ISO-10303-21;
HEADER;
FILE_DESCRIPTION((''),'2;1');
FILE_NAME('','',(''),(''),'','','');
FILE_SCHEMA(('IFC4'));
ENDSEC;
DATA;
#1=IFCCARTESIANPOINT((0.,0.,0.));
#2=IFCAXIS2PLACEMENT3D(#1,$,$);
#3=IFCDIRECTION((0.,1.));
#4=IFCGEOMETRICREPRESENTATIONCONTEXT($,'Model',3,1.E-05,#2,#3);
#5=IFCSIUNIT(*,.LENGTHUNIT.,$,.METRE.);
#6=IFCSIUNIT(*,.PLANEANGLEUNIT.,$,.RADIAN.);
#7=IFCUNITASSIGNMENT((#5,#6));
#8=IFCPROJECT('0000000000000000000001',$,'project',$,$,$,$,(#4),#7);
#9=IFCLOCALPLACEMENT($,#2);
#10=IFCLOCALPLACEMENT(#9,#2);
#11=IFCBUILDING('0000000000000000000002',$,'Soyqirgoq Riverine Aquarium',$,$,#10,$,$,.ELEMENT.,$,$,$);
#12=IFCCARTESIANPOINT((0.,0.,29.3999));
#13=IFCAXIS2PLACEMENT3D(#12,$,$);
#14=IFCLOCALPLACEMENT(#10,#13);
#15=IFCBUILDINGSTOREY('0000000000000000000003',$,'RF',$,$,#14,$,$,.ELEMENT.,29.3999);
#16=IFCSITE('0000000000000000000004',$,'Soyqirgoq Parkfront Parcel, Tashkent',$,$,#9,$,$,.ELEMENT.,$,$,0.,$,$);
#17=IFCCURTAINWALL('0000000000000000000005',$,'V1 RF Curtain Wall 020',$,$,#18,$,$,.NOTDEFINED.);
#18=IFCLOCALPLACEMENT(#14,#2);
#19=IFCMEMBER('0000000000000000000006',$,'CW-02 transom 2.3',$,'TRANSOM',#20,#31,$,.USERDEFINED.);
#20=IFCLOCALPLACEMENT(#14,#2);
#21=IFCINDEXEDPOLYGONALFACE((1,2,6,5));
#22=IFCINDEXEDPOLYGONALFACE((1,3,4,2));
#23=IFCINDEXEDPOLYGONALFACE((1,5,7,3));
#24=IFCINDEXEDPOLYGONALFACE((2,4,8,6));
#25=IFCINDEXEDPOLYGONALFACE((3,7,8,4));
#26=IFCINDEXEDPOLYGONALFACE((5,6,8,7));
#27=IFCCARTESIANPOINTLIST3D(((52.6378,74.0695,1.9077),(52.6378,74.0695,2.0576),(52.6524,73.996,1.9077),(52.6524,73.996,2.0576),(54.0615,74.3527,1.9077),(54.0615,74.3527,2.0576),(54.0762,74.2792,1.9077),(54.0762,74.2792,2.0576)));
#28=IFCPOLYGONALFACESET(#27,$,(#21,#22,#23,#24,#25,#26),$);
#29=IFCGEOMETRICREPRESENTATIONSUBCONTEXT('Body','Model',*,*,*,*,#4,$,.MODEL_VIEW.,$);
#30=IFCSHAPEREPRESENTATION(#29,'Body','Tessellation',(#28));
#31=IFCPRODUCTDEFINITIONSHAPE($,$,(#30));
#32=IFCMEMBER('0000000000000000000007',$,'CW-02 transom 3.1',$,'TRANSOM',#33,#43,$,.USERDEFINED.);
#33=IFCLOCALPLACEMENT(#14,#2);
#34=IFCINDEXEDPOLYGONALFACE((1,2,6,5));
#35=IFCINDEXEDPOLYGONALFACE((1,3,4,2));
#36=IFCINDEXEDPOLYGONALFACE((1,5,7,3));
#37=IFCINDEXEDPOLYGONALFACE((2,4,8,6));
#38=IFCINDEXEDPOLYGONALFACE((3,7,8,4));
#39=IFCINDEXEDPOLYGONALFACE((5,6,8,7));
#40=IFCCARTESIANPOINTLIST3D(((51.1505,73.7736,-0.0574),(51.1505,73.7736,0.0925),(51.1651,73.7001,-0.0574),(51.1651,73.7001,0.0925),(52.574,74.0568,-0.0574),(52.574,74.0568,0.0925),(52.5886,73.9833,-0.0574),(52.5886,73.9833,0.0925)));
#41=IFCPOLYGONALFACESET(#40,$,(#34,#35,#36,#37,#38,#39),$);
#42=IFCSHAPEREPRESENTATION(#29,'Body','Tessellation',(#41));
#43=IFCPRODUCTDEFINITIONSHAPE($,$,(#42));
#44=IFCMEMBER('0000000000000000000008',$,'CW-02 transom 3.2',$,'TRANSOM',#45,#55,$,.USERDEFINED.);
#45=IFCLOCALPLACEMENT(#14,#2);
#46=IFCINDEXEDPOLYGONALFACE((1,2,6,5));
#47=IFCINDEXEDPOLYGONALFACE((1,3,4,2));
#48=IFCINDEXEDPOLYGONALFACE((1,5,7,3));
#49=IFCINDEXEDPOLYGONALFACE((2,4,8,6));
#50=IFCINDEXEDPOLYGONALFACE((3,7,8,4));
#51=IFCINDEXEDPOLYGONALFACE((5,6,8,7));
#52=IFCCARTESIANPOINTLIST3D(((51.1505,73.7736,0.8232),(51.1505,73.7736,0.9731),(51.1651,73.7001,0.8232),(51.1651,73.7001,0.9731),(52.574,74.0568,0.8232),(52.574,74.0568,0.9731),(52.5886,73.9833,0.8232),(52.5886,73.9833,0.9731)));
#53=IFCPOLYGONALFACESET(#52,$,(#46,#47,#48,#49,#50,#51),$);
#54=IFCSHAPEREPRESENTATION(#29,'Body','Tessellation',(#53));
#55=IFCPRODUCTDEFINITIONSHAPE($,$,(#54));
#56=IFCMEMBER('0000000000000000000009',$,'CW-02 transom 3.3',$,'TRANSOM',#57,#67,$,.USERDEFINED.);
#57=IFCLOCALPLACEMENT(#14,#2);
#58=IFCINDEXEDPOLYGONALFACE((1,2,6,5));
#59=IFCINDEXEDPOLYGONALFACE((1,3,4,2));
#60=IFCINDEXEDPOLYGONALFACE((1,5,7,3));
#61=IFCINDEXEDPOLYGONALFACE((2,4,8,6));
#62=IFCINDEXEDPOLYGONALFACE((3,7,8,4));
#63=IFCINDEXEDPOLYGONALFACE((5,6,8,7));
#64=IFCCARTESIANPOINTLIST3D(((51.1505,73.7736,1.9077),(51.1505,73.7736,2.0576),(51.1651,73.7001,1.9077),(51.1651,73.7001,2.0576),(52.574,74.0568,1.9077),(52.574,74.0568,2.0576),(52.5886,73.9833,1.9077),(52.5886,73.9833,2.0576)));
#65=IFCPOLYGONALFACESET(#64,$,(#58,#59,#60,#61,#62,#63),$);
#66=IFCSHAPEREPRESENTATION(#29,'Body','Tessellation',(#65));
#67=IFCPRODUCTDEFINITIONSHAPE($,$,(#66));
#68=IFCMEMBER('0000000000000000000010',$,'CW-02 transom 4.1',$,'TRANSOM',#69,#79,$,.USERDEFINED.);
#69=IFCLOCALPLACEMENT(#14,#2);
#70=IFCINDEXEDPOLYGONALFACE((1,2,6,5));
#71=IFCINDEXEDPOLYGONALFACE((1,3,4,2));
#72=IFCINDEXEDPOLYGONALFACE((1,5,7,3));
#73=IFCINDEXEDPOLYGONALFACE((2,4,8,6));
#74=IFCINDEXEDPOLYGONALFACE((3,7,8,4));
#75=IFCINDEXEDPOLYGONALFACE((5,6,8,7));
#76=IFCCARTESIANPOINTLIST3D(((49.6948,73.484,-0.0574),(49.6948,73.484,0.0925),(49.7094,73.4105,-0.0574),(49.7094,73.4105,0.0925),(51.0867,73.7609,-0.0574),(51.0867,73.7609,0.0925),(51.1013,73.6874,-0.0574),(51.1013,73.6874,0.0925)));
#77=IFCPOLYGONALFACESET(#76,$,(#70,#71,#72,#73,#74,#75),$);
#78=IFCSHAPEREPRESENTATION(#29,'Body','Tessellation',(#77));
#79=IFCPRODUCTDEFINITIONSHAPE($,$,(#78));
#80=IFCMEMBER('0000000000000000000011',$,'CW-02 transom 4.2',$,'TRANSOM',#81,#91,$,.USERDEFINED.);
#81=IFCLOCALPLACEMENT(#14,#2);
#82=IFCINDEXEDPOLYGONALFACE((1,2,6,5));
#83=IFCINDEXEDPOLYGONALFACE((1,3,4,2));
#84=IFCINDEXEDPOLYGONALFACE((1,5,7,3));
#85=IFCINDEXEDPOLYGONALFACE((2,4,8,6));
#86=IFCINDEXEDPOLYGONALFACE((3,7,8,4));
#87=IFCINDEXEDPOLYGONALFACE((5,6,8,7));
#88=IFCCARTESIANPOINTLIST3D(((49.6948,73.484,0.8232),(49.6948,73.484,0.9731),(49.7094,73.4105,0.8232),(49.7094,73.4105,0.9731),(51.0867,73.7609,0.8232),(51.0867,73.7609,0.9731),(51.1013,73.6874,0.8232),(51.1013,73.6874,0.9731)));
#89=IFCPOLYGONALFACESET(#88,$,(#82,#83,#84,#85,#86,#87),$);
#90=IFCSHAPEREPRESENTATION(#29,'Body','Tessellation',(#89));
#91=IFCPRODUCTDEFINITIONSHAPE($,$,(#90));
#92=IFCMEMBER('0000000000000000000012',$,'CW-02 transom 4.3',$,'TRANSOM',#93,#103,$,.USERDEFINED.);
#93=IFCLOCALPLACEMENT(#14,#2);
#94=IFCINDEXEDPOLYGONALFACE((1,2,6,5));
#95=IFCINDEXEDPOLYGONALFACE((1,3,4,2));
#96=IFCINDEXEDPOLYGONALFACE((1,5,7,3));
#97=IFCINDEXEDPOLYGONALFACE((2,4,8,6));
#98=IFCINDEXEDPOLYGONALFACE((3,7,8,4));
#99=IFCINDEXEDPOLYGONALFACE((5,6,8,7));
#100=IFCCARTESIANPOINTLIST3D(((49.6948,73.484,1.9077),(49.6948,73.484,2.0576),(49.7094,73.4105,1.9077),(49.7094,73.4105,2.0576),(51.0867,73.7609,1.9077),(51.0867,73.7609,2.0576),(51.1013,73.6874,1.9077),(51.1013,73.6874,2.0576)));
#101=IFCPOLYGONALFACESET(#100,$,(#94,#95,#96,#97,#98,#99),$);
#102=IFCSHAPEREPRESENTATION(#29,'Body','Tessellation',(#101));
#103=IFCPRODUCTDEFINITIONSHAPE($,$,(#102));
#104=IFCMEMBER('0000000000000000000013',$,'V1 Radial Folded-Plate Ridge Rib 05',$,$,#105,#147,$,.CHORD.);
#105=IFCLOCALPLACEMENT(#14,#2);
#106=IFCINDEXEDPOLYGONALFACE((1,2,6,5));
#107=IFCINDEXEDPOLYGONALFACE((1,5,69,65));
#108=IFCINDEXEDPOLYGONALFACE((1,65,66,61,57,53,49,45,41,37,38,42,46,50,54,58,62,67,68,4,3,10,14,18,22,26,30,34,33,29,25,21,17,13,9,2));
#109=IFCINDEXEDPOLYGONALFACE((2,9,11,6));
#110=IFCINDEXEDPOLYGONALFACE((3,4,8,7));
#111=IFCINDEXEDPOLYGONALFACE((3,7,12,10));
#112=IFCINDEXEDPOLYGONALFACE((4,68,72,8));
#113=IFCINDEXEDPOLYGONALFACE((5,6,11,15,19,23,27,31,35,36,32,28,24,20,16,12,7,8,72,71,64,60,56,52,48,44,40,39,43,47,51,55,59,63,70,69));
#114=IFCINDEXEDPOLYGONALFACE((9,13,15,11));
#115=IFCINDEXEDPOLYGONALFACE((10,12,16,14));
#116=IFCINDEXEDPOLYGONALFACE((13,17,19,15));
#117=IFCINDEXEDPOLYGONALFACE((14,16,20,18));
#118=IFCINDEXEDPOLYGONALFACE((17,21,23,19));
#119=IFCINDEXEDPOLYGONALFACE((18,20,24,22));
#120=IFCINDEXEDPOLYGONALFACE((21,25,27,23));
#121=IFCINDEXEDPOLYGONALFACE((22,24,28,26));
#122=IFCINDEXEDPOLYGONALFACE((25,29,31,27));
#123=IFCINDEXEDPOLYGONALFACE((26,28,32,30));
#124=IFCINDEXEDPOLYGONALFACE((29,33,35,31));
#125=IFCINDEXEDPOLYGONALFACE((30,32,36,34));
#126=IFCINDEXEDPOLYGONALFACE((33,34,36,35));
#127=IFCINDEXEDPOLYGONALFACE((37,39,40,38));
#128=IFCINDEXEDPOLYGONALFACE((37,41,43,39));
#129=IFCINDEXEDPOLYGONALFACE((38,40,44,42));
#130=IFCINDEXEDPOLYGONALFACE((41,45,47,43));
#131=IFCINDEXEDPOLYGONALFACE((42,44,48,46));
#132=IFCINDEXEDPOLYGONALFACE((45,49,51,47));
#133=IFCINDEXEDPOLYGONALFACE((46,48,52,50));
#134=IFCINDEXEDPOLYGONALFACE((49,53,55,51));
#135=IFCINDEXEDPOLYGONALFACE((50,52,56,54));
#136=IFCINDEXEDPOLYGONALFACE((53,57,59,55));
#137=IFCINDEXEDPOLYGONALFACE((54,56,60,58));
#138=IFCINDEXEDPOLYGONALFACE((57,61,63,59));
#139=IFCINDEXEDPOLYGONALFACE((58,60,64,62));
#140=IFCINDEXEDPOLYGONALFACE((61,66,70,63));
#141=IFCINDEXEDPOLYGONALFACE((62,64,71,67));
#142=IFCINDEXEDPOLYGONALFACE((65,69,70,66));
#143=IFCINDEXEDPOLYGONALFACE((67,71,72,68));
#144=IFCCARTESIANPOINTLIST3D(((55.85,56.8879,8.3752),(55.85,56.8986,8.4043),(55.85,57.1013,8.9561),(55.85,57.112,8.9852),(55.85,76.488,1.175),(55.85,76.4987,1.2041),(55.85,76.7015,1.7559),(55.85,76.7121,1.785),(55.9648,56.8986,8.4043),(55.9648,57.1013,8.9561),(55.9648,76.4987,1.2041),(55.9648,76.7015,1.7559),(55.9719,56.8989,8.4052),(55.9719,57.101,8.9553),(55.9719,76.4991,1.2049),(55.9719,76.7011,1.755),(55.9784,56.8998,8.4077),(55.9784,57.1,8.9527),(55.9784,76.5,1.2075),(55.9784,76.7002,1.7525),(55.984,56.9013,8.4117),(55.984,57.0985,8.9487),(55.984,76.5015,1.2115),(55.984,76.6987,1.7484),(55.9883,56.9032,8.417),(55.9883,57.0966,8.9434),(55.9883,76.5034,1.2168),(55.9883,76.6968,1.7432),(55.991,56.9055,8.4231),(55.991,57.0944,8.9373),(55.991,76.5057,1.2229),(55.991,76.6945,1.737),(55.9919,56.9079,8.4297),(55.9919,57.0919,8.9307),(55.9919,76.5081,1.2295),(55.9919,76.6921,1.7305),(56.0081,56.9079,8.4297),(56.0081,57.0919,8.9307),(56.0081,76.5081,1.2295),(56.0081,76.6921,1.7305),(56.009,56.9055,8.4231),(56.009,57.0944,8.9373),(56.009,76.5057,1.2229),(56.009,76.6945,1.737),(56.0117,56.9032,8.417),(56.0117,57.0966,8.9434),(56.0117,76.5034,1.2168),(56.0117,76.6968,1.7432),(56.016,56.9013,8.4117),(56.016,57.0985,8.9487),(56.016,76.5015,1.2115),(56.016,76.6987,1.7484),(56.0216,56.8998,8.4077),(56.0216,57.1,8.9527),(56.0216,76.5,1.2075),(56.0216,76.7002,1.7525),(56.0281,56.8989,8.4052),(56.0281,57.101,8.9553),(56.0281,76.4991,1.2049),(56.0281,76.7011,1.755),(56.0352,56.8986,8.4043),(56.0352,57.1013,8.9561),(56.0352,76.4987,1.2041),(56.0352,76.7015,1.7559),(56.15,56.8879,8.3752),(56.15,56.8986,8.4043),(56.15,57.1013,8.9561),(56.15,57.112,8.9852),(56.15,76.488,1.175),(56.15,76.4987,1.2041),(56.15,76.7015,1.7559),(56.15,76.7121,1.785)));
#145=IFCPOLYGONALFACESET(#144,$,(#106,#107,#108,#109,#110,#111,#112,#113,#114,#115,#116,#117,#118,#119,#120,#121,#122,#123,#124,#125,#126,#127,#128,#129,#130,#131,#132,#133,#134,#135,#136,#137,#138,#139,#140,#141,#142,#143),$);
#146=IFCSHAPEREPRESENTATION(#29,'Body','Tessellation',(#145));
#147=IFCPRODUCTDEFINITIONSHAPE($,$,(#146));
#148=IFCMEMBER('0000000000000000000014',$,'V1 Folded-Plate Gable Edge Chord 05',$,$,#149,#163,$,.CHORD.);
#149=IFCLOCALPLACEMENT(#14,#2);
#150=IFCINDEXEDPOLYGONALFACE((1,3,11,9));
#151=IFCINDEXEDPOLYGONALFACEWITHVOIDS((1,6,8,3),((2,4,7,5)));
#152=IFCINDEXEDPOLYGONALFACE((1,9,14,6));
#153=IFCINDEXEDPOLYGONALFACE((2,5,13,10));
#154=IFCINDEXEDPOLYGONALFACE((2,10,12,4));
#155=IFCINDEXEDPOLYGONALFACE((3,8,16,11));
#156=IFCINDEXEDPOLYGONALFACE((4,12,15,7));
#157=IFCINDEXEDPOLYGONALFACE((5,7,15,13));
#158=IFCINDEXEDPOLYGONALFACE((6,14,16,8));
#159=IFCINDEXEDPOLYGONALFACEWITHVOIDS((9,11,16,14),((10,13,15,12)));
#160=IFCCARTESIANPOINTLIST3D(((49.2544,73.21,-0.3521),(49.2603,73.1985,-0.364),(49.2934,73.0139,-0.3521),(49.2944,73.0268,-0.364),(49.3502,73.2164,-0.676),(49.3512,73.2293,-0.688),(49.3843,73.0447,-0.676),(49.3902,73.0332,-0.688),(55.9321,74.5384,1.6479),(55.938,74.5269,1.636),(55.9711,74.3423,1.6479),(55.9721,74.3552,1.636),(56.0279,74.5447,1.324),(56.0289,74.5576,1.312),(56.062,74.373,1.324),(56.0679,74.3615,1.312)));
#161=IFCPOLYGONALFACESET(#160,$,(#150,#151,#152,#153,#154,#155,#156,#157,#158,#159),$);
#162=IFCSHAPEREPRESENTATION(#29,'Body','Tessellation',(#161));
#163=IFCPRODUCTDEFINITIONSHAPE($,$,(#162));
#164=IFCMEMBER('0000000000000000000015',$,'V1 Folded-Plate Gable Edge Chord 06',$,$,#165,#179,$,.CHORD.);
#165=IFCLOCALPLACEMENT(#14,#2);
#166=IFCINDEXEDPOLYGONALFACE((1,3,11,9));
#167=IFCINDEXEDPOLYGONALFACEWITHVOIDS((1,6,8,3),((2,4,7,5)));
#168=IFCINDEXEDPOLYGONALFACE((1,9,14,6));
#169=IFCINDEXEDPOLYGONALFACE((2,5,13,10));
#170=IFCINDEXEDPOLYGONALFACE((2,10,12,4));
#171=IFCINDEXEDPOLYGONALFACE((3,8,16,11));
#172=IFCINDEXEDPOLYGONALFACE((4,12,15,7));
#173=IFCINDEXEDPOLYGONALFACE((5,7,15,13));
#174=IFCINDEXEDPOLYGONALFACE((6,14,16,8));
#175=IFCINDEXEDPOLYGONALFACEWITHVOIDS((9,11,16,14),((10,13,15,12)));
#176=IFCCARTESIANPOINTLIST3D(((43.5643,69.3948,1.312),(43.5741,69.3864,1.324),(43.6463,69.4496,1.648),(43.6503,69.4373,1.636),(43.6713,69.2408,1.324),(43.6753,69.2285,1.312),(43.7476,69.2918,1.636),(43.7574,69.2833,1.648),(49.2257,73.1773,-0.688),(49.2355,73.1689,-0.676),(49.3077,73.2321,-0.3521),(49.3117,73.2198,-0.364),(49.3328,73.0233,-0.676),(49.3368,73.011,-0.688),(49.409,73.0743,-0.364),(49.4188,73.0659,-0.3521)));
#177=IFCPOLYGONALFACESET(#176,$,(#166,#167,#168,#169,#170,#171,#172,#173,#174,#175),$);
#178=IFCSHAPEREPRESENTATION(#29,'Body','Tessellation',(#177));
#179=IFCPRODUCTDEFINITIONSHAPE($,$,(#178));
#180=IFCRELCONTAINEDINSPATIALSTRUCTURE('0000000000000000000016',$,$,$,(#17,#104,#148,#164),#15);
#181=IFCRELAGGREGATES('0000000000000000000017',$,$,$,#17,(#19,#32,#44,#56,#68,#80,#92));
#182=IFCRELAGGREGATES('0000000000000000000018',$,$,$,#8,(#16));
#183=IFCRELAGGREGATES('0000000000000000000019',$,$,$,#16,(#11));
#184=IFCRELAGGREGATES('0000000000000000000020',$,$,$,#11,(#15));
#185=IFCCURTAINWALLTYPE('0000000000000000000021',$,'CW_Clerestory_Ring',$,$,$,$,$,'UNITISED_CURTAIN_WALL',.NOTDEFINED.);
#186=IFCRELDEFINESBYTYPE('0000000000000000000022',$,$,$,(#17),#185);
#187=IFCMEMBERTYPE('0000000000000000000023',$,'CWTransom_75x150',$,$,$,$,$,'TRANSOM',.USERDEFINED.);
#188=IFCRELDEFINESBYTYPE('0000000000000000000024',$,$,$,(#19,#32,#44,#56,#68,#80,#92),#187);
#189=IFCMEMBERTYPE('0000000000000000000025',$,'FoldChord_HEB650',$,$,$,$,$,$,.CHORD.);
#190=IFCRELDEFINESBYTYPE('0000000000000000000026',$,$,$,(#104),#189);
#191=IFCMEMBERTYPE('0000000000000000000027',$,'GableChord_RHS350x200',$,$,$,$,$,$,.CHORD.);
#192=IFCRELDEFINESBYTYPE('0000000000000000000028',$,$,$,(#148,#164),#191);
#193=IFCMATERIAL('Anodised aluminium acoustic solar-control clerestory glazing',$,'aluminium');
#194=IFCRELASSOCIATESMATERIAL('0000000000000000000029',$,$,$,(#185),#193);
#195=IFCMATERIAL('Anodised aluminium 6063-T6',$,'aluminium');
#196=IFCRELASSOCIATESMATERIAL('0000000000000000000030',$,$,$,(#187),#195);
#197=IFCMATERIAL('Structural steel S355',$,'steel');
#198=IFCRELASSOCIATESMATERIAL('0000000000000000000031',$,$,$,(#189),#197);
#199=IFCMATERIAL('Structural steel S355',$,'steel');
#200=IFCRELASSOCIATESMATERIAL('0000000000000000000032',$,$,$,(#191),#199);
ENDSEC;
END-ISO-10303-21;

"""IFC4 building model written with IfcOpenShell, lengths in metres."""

from ifc_helpers import new_model, si_unit, direction, frame, origin, origin_2d, place, context, subcontext, project, spatial, rectangle, hollow_rectangle, i_section, extrude, material, material_profile, profile_set, type_object, element, aggregate, save


model = new_model("IFC4")

# Units and contexts
model_context = context("Model", 3, precision=1e-05, world=origin(), true_north=direction((0.0, 1.0)))
body_context = subcontext(model_context, "Body", "Model", "MODEL_VIEW")
ifc_project = project(units=[si_unit("LENGTHUNIT", "METRE"), si_unit("PLANEANGLEUNIT", "RADIAN")], contexts=[model_context])

# Site, building, storey
site_placement = place(None, origin())
site = spatial("IfcSite", under=ifc_project, at=site_placement, Name="Soyqirgoq Parkfront Parcel, Tashkent", CompositionType="ELEMENT", RefElevation=0.0)
building_placement = place(site_placement, origin())
building = spatial("IfcBuilding", under=site, at=building_placement, Name="Soyqirgoq Riverine Aquarium", CompositionType="ELEMENT")
storey_placement = place(building_placement, frame((0.0, 0.0, 29.3999)))
storey = spatial("IfcBuildingStorey", under=building, at=storey_placement, Name="RF", CompositionType="ELEMENT", Elevation=29.3999)

# Curtain wall, members
ifc_material_1 = material(Name="Anodised aluminium acoustic solar-control clerestory glazing", Category="aluminium")
curtain_wall_type = type_object("IfcCurtainWallType", Name="CW_Clerestory_Ring", ElementType="UNITISED_CURTAIN_WALL", PredefinedType="NOTDEFINED", material=ifc_material_1)
curtain_wall_placement = place(storey_placement, origin())
curtain_wall = element("IfcCurtainWall", 1, at=curtain_wall_placement, inside=storey, type_object=curtain_wall_type, Name="V1 RF Curtain Wall 020", PredefinedType="NOTDEFINED")
ifc_material_2 = material(Name="Anodised aluminium 6063-T6", Category="aluminium")
ifc_material_profile_1 = material_profile(ifc_material_2, rectangle(XDim=0.075, YDim=0.1499, at=origin_2d()), Name="ALU-T 75x150")
ifc_profile_set_1 = profile_set([ifc_material_profile_1], Name="Anodised aluminium 6063-T6")
member_type_1 = type_object("IfcMemberType", Name="CWTransom_75x150", ElementType="TRANSOM", PredefinedType="USERDEFINED", material=ifc_profile_set_1)
member_1_placement = place(storey_placement, frame((54.0688, 74.3159, 1.9827), z_axis=(-0.980787, -0.195081, 0.0), x_axis=(0.195081, -0.980787, 0.0)))
member_1 = element("IfcMember", 2, at=member_1_placement, type_object=member_type_1, Name="CW-02 transom 2.3", ObjectType="TRANSOM", PredefinedType="USERDEFINED", context=body_context, shape_type="SweptSolid", body=[
    extrude(rectangle(XDim=0.075, YDim=0.1499, at=origin_2d()), origin(), (0.0, 0.0, 1.0), 1.4517),
])
member_2_placement = place(storey_placement, frame((52.5813, 74.02, 0.0176), z_axis=(-0.980781, -0.195113, 0.0), x_axis=(0.195113, -0.980781, 0.0)))
member_2 = element("IfcMember", 3, at=member_2_placement, type_object=member_type_1, Name="CW-02 transom 3.1", ObjectType="TRANSOM", PredefinedType="USERDEFINED", context=body_context, shape_type="SweptSolid", body=[
    extrude(rectangle(XDim=0.075, YDim=0.1499, at=origin_2d()), origin(), (0.0, 0.0, 1.0), 1.4514),
])
member_3_placement = place(storey_placement, frame((52.5813, 74.02, 0.8982), z_axis=(-0.980781, -0.195113, 0.0), x_axis=(0.195113, -0.980781, 0.0)))
member_3 = element("IfcMember", 4, at=member_3_placement, type_object=member_type_1, Name="CW-02 transom 3.2", ObjectType="TRANSOM", PredefinedType="USERDEFINED", context=body_context, shape_type="SweptSolid", body=[
    extrude(rectangle(XDim=0.075, YDim=0.1499, at=origin_2d()), origin(), (0.0, 0.0, 1.0), 1.4514),
])
member_4_placement = place(storey_placement, frame((52.5813, 74.02, 1.9827), z_axis=(-0.980781, -0.195113, 0.0), x_axis=(0.195113, -0.980781, 0.0)))
member_4 = element("IfcMember", 5, at=member_4_placement, type_object=member_type_1, Name="CW-02 transom 3.3", ObjectType="TRANSOM", PredefinedType="USERDEFINED", context=body_context, shape_type="SweptSolid", body=[
    extrude(rectangle(XDim=0.075, YDim=0.1499, at=origin_2d()), origin(), (0.0, 0.0, 1.0), 1.4514),
])
member_5_placement = place(storey_placement, frame((51.094, 73.7241, 0.0176), z_axis=(-0.980785, -0.19509, 0.0), x_axis=(0.19509, -0.980785, 0.0)))
member_5 = element("IfcMember", 6, at=member_5_placement, type_object=member_type_1, Name="CW-02 transom 4.1", ObjectType="TRANSOM", PredefinedType="USERDEFINED", context=body_context, shape_type="SweptSolid", body=[
    extrude(rectangle(XDim=0.075, YDim=0.1499, at=origin_2d()), origin(), (0.0, 0.0, 1.0), 1.4192),
])
member_6_placement = place(storey_placement, frame((51.094, 73.7241, 0.8982), z_axis=(-0.980785, -0.19509, 0.0), x_axis=(0.19509, -0.980785, 0.0)))
member_6 = element("IfcMember", 7, at=member_6_placement, type_object=member_type_1, Name="CW-02 transom 4.2", ObjectType="TRANSOM", PredefinedType="USERDEFINED", context=body_context, shape_type="SweptSolid", body=[
    extrude(rectangle(XDim=0.075, YDim=0.1499, at=origin_2d()), origin(), (0.0, 0.0, 1.0), 1.4192),
])
member_7_placement = place(storey_placement, frame((51.094, 73.7241, 1.9827), z_axis=(-0.980785, -0.19509, 0.0), x_axis=(0.19509, -0.980785, 0.0)))
member_7 = element("IfcMember", 8, at=member_7_placement, type_object=member_type_1, Name="CW-02 transom 4.3", ObjectType="TRANSOM", PredefinedType="USERDEFINED", context=body_context, shape_type="SweptSolid", body=[
    extrude(rectangle(XDim=0.075, YDim=0.1499, at=origin_2d()), origin(), (0.0, 0.0, 1.0), 1.4192),
])

# Members
ifc_material_3 = material(Name="Structural steel S355", Category="steel")
ifc_material_profile_2 = material_profile(ifc_material_3, i_section(OverallWidth=0.3, OverallDepth=0.6499, WebThickness=0.0161, FlangeThickness=0.031, FilletRadius=0.0271, at=origin_2d()), Name="HEB 650")
ifc_profile_set_2 = profile_set([ifc_material_profile_2], Name="Structural steel S355")
member_type_2 = type_object("IfcMemberType", Name="FoldChord_HEB650", PredefinedType="CHORD", material=ifc_profile_set_2)
member_8_placement = place(storey_placement, frame((56.0, 76.6001, 1.48), z_axis=(0.0, -0.938667, 0.344824), x_axis=(1.0, 0.0, 0.0)))
element("IfcMember", 9, at=member_8_placement, inside=storey, type_object=member_type_2, Name="V1 Radial Folded-Plate Ridge Rib 05", PredefinedType="CHORD", context=body_context, shape_type="SweptSolid", body=[
    extrude(i_section(OverallWidth=0.3, OverallDepth=0.6499, WebThickness=0.0161, FlangeThickness=0.031, FilletRadius=0.0271, at=origin_2d()), origin(), (0.0, 0.0, 1.0), 20.8809),
])
ifc_material_4 = material(Name="Structural steel S355", Category="steel")
ifc_material_profile_3 = material_profile(ifc_material_4, hollow_rectangle(XDim=0.2, YDim=0.3501, WallThickness=0.0125, at=origin_2d()), Name="RHS 350x200x12.5")
ifc_profile_set_3 = profile_set([ifc_material_profile_3], Name="Structural steel S355")
member_type_3 = type_object("IfcMemberType", Name="GableChord_RHS350x200", PredefinedType="CHORD", material=ifc_profile_set_3)
member_9_placement = place(storey_placement, frame((56.0, 74.45, 1.48), z_axis=(-0.941024, -0.187193, -0.281839), x_axis=(0.195102, -0.980783, 0.0)))
element("IfcMember", 10, at=member_9_placement, inside=storey, type_object=member_type_3, Name="V1 Folded-Plate Gable Edge Chord 05", PredefinedType="CHORD", context=body_context, shape_type="SweptSolid", body=[
    extrude(hollow_rectangle(XDim=0.2, YDim=0.3501, WallThickness=0.0125, at=origin_2d()), origin(), (0.0, 0.0, 1.0), 7.0962),
])
member_10_placement = place(storey_placement, frame((49.3223, 73.1216, -0.52), z_axis=(-0.797786, -0.533016, 0.281835), x_axis=(0.555536, -0.831493, 0.0)))
element("IfcMember", 11, at=member_10_placement, inside=storey, type_object=member_type_3, Name="V1 Folded-Plate Gable Edge Chord 06", PredefinedType="CHORD", context=body_context, shape_type="SweptSolid", body=[
    extrude(hollow_rectangle(XDim=0.2, YDim=0.3501, WallThickness=0.0125, at=origin_2d()), origin(), (0.0, 0.0, 1.0), 7.0964),
])

aggregate(curtain_wall, [member_1, member_2, member_3, member_4, member_5, member_6, member_7])

save(model, "model.ifc")
